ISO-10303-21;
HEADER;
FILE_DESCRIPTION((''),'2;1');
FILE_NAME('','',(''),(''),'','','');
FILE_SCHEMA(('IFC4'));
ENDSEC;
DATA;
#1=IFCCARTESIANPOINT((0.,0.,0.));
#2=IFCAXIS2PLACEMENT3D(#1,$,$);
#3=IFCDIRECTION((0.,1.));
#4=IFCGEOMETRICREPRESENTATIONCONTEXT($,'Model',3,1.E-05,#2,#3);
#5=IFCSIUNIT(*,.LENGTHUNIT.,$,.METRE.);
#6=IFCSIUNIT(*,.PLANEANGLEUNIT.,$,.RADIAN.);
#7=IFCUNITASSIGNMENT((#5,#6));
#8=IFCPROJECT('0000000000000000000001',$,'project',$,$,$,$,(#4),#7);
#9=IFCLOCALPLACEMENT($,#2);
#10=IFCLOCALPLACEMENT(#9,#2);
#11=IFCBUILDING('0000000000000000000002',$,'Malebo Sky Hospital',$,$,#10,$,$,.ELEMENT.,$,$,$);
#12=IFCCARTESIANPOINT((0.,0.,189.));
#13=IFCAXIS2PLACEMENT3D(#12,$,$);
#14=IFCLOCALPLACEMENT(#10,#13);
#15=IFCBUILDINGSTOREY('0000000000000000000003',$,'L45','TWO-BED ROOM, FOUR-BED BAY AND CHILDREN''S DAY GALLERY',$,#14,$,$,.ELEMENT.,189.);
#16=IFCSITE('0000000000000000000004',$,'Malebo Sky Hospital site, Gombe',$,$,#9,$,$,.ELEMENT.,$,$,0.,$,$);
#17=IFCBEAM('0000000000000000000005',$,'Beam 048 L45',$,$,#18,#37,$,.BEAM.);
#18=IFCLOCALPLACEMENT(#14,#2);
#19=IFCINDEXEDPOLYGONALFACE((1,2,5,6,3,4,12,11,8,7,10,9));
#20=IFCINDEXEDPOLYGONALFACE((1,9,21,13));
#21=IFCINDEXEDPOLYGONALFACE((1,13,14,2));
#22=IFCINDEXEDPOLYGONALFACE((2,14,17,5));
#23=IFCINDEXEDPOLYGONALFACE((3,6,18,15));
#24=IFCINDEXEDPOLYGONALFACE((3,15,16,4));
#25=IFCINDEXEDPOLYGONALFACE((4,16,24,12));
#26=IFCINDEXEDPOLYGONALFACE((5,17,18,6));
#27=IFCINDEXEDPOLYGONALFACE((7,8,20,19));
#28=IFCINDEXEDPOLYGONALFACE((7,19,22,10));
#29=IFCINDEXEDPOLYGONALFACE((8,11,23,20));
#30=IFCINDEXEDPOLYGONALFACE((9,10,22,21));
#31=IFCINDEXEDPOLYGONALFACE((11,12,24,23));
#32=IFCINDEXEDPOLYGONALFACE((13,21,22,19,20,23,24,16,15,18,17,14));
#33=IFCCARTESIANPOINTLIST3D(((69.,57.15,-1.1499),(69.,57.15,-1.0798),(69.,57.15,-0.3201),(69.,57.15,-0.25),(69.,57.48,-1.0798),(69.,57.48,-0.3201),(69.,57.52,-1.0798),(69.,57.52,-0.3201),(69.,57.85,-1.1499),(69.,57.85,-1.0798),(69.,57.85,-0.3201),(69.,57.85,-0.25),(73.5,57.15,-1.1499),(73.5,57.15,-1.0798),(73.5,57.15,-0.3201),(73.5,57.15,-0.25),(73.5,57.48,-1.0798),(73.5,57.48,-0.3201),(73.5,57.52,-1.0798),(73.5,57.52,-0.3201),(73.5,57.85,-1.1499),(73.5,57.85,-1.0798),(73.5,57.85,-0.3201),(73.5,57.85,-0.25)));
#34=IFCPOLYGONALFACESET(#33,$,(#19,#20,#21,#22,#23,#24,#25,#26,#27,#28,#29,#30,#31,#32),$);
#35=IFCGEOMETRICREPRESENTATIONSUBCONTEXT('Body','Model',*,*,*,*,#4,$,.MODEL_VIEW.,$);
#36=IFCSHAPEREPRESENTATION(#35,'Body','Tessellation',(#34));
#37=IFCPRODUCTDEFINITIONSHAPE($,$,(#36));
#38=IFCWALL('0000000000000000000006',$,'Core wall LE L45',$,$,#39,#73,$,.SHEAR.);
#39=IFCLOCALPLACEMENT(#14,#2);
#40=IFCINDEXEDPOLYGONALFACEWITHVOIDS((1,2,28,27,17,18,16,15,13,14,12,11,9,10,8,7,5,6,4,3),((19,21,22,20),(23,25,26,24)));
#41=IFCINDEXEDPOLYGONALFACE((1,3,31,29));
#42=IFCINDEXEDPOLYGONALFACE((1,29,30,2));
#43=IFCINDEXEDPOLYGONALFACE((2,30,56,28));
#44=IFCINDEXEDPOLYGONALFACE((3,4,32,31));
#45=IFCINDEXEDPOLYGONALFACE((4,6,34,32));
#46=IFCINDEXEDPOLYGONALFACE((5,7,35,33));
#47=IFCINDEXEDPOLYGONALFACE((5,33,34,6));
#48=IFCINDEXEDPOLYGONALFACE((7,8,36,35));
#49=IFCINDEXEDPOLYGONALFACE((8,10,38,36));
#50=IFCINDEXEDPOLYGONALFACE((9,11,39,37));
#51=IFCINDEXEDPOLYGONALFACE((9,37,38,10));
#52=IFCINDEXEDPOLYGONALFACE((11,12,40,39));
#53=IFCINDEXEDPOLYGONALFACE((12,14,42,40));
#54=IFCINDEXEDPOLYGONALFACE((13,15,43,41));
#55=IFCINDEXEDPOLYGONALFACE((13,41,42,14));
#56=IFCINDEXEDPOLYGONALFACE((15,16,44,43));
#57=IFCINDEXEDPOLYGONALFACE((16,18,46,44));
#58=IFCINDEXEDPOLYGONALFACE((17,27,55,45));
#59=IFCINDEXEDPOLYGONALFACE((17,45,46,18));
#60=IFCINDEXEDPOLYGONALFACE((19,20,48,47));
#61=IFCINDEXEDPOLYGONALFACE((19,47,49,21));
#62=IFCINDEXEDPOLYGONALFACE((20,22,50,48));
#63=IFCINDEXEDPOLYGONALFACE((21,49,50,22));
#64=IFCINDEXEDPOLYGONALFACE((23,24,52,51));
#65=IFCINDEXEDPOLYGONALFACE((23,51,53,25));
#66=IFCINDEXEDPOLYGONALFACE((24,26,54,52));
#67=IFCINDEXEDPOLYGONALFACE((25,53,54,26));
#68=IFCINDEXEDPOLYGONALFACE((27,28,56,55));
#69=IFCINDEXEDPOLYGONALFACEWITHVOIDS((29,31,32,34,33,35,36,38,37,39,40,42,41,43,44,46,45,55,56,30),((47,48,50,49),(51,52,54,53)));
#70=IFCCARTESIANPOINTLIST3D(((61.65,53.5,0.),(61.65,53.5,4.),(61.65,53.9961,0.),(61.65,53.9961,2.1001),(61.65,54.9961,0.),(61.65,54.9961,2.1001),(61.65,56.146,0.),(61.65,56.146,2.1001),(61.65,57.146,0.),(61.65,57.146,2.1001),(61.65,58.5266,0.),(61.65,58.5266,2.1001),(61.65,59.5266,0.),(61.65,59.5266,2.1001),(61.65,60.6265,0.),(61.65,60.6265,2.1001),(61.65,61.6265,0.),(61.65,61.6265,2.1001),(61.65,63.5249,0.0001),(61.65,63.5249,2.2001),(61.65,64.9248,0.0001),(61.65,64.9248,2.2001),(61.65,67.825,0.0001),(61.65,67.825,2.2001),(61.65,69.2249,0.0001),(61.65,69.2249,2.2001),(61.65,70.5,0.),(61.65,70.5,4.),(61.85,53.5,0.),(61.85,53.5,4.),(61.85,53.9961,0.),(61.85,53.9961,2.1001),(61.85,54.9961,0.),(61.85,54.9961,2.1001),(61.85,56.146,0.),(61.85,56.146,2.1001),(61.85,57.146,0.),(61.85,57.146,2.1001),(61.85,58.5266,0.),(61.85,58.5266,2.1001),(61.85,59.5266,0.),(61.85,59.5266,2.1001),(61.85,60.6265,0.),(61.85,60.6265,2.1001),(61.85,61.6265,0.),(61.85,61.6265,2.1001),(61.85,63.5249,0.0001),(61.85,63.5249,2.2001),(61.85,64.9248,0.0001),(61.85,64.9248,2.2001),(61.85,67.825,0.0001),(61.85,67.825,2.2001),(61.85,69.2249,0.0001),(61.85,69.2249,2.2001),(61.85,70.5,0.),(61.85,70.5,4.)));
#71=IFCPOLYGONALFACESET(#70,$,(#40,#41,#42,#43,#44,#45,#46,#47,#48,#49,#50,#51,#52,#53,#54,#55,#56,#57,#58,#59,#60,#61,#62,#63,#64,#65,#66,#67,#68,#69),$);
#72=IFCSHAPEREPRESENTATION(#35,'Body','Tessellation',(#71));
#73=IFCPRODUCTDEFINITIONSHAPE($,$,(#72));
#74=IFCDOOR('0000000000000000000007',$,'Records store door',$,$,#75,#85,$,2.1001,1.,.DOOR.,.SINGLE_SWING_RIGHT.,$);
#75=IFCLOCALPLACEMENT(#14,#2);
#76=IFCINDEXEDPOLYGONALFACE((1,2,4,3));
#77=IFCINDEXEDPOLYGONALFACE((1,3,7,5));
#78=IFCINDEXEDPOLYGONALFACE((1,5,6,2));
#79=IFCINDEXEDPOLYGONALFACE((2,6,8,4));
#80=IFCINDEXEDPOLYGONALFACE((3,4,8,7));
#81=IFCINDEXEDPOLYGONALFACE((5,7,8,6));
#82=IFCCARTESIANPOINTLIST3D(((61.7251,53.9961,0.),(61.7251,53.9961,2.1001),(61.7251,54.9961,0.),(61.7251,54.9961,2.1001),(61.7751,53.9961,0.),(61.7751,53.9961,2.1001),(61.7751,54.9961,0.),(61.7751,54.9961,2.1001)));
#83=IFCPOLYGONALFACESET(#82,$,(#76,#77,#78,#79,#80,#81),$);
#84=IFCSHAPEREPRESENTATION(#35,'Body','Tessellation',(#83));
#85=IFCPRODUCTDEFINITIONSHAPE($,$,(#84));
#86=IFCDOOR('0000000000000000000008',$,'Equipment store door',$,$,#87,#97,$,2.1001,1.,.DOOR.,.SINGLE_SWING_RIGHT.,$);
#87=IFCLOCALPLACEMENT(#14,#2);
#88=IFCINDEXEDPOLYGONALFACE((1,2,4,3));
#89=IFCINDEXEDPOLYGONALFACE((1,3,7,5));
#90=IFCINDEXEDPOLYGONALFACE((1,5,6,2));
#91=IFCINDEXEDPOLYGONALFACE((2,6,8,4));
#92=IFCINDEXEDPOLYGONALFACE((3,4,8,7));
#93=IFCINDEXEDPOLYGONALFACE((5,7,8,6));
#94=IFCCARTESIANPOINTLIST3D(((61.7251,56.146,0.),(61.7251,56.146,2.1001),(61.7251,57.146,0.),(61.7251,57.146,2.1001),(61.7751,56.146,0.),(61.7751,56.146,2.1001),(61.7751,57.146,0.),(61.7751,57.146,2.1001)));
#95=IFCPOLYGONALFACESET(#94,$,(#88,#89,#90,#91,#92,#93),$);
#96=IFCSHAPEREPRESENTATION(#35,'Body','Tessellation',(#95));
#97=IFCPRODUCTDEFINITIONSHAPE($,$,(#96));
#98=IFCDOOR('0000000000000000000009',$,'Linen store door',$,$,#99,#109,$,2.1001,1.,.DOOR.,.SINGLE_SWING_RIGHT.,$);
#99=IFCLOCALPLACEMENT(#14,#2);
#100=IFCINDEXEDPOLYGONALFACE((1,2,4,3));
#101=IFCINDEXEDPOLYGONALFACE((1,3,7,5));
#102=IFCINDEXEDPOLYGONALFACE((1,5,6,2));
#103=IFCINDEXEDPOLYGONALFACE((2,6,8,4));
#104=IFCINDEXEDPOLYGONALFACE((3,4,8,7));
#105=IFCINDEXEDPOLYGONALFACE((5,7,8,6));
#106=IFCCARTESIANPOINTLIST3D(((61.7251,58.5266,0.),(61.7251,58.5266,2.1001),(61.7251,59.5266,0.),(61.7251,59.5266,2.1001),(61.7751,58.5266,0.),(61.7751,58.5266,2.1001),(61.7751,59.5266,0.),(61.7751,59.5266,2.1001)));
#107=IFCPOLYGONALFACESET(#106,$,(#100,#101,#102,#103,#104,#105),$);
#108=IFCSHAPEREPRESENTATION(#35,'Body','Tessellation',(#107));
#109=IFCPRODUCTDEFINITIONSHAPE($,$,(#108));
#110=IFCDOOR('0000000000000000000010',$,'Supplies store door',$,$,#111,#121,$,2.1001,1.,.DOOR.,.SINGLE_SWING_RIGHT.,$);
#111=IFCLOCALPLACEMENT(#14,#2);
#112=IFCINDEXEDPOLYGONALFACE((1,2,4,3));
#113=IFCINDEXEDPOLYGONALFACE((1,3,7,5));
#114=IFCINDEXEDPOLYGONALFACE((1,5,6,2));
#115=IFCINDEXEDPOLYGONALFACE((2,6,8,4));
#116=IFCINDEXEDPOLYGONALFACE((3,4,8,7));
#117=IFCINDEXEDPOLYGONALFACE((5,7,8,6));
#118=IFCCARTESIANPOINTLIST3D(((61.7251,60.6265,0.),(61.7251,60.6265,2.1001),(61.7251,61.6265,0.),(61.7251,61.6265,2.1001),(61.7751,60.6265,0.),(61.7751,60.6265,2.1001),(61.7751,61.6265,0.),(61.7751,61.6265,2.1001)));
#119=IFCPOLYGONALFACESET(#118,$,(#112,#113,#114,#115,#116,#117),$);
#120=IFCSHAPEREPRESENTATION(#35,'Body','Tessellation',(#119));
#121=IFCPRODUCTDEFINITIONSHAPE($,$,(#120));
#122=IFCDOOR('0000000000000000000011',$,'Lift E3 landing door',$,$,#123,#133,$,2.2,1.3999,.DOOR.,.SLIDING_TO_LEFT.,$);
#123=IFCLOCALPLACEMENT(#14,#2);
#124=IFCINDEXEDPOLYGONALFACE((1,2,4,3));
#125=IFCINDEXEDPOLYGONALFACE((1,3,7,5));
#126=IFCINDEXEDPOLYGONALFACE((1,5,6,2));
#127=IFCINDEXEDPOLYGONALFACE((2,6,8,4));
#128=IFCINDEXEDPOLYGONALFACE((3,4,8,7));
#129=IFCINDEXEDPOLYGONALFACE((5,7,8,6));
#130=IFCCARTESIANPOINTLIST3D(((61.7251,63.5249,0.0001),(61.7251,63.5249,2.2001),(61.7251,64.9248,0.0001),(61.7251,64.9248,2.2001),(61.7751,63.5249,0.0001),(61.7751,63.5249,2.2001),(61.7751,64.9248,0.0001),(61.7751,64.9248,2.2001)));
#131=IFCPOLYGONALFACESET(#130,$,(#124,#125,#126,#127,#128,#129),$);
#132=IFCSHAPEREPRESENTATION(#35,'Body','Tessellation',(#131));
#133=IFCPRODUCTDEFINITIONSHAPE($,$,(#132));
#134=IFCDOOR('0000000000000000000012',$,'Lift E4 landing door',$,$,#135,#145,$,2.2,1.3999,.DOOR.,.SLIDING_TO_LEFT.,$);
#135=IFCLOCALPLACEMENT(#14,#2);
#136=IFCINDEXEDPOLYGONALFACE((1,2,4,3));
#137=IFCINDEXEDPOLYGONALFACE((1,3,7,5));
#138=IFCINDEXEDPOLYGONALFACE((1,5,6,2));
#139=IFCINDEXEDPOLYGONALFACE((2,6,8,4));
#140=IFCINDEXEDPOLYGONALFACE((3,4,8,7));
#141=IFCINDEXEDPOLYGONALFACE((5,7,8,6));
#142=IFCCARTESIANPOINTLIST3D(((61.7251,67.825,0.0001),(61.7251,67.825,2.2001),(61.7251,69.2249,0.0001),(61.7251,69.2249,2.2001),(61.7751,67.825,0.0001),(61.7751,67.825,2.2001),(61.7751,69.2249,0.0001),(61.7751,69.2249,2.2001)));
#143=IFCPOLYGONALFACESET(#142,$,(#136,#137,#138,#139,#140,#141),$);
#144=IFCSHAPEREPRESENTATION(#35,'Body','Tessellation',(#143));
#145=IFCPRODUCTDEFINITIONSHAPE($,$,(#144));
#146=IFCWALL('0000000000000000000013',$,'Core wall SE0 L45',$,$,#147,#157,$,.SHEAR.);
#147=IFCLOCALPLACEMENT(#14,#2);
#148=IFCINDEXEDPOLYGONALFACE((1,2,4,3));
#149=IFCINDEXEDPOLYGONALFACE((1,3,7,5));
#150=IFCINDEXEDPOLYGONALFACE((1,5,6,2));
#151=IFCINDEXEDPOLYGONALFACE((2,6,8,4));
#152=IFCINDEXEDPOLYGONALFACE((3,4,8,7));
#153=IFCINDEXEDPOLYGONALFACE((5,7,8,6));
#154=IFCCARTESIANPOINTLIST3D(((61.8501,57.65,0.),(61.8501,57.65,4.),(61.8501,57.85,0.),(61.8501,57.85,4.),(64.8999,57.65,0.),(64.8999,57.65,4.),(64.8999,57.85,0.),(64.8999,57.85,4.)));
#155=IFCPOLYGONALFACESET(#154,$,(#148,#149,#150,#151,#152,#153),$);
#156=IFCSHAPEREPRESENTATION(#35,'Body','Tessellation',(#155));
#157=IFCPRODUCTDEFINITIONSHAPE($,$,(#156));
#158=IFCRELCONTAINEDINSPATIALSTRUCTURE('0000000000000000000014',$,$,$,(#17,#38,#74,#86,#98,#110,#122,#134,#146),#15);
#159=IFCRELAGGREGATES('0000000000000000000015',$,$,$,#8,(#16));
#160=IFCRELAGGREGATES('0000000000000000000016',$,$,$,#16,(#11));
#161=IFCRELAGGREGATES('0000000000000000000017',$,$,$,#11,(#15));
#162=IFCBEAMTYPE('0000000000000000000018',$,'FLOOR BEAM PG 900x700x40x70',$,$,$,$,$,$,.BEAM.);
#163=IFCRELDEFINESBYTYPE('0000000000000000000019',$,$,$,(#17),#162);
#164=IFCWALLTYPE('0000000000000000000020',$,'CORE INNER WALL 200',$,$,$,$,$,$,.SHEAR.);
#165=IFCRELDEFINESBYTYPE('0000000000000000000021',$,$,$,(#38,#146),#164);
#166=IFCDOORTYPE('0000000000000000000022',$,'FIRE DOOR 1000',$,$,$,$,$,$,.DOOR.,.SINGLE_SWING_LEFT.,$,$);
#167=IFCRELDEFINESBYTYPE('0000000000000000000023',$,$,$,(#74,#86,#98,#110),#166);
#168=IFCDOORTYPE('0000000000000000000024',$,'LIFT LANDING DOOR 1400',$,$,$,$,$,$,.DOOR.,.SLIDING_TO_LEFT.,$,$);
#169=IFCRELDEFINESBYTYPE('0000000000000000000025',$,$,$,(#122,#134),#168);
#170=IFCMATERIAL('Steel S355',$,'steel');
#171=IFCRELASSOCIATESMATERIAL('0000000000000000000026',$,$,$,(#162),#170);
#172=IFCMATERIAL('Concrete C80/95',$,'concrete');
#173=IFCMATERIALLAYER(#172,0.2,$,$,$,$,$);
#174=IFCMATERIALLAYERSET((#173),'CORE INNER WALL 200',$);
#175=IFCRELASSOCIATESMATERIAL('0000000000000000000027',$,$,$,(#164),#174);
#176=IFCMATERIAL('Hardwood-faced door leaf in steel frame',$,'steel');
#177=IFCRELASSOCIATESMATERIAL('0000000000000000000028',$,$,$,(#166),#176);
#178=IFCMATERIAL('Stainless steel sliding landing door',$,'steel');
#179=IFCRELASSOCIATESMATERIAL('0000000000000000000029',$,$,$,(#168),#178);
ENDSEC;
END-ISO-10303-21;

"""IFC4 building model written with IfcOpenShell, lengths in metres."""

from ifc_helpers import new_model, si_unit, direction, frame, frame_2d, origin, origin_2d, place, context, subcontext, project, spatial, rectangle, i_section, extrude, material, layer, layer_set, material_profile, profile_set, type_object, element, fill, save


model = new_model("IFC4")

# Units and contexts
model_context = context("Model", 3, precision=1e-05, world=origin(), true_north=direction((0.0, 1.0)))
body_context = subcontext(model_context, "Body", "Model", "MODEL_VIEW")
ifc_project = project(units=[si_unit("LENGTHUNIT", "METRE"), si_unit("PLANEANGLEUNIT", "RADIAN")], contexts=[model_context])

# Site, building, storey
site_placement = place(None, origin())
site = spatial("IfcSite", under=ifc_project, at=site_placement, Name="Malebo Sky Hospital site, Gombe", CompositionType="ELEMENT", RefElevation=0.0)
building_placement = place(site_placement, origin())
building = spatial("IfcBuilding", under=site, at=building_placement, Name="Malebo Sky Hospital", CompositionType="ELEMENT")
storey_placement = place(building_placement, frame((0.0, 0.0, 189.0)))
storey = spatial("IfcBuildingStorey", under=building, at=storey_placement, Name="L45", Description="TWO-BED ROOM, FOUR-BED BAY AND CHILDREN'S DAY GALLERY", CompositionType="ELEMENT", Elevation=189.0)

# Beam
ifc_material_1 = material(Name="Steel S355", Category="steel")
ifc_material_profile = material_profile(ifc_material_1, i_section(OverallWidth=0.7, OverallDepth=0.8999, WebThickness=0.04, FlangeThickness=0.0701, at=origin_2d()), Name="PG 900x700x40x70")
ifc_profile_set = profile_set([ifc_material_profile], Name="Steel S355")
beam_type = type_object("IfcBeamType", Name="FLOOR BEAM PG 900x700x40x70", PredefinedType="BEAM", material=ifc_profile_set)
beam_placement = place(storey_placement, frame((69.0, 57.5, -0.7), z_axis=(1.0, 0.0, 0.0), x_axis=(0.0, 1.0, 0.0)))
element("IfcBeam", 1, at=beam_placement, inside=storey, type_object=beam_type, Name="Beam 048 L45", PredefinedType="BEAM", context=body_context, shape_type="SweptSolid", body=[
    extrude(i_section(OverallWidth=0.7, OverallDepth=0.8999, WebThickness=0.04, FlangeThickness=0.0701, at=origin_2d()), origin(), (0.0, 0.0, 1.0), 4.5),
])

# Wall, openings, doors
ifc_material_2 = material(Name="Concrete C80/95", Category="concrete")
ifc_layer_1 = layer(ifc_material_2, 0.2)
ifc_layer_set_1 = layer_set([ifc_layer_1], Name="CORE INNER WALL 200")
wall_type_1 = type_object("IfcWallType", Name="CORE INNER WALL 200", PredefinedType="SHEAR", material=ifc_layer_set_1)
wall_1_placement = place(storey_placement, frame((61.75, 53.5, 0.0), z_axis=(0.0, 0.0, 1.0), x_axis=(0.0, 1.0, 0.0)))
wall_1 = element("IfcWall", 2, at=wall_1_placement, inside=storey, type_object=wall_type_1, Name="Core wall LE L45", PredefinedType="SHEAR", context=body_context, shape_type="SweptSolid", body=[
    extrude(rectangle(XDim=17.0, YDim=0.2, at=frame_2d((8.5, 0.0))), origin(), (0.0, 0.0, 1.0), 4.0),
])
opening_1_placement = place(wall_1_placement, frame((0.4961, 0.0, 0.0)))
opening_1 = element("IfcOpeningElement", 3, at=opening_1_placement, cuts=wall_1, PredefinedType="OPENING", context=body_context, shape_type="SweptSolid", body=[
    extrude(rectangle(XDim=1.0, YDim=2.1001, at=frame_2d((0.5, 1.05))), frame((0.0, 0.1099, 0.0), z_axis=(0.0, -1.0, 0.0), x_axis=(1.0, 0.0, 0.0)), (0.0, 0.0, 1.0), 0.22),
])
opening_2_placement = place(wall_1_placement, frame((2.646, 0.0, 0.0)))
opening_2 = element("IfcOpeningElement", 4, at=opening_2_placement, cuts=wall_1, PredefinedType="OPENING", context=body_context, shape_type="SweptSolid", body=[
    extrude(rectangle(XDim=1.0, YDim=2.1001, at=frame_2d((0.5, 1.05))), frame((0.0, 0.1099, 0.0), z_axis=(0.0, -1.0, 0.0), x_axis=(1.0, 0.0, 0.0)), (0.0, 0.0, 1.0), 0.22),
])
opening_3_placement = place(wall_1_placement, frame((5.0266, 0.0, 0.0)))
opening_3 = element("IfcOpeningElement", 5, at=opening_3_placement, cuts=wall_1, PredefinedType="OPENING", context=body_context, shape_type="SweptSolid", body=[
    extrude(rectangle(XDim=1.0, YDim=2.1001, at=frame_2d((0.5, 1.05))), frame((0.0, 0.1099, 0.0), z_axis=(0.0, -1.0, 0.0), x_axis=(1.0, 0.0, 0.0)), (0.0, 0.0, 1.0), 0.22),
])
opening_4_placement = place(wall_1_placement, frame((7.1265, 0.0, 0.0)))
opening_4 = element("IfcOpeningElement", 6, at=opening_4_placement, cuts=wall_1, PredefinedType="OPENING", context=body_context, shape_type="SweptSolid", body=[
    extrude(rectangle(XDim=1.0, YDim=2.1001, at=frame_2d((0.5, 1.05))), frame((0.0, 0.1099, 0.0), z_axis=(0.0, -1.0, 0.0), x_axis=(1.0, 0.0, 0.0)), (0.0, 0.0, 1.0), 0.22),
])
opening_5_placement = place(wall_1_placement, frame((10.0249, 0.0, 0.0)))
opening_5 = element("IfcOpeningElement", 7, at=opening_5_placement, cuts=wall_1, PredefinedType="OPENING", context=body_context, shape_type="SweptSolid", body=[
    extrude(rectangle(XDim=1.3999, YDim=2.2, at=frame_2d((0.7, 1.1001))), frame((0.0, 0.1099, 0.0), z_axis=(0.0, -1.0, 0.0), x_axis=(1.0, 0.0, 0.0)), (0.0, 0.0, 1.0), 0.22),
])
opening_6_placement = place(wall_1_placement, frame((14.325, 0.0, 0.0)))
opening_6 = element("IfcOpeningElement", 8, at=opening_6_placement, cuts=wall_1, PredefinedType="OPENING", context=body_context, shape_type="SweptSolid", body=[
    extrude(rectangle(XDim=1.3999, YDim=2.2, at=frame_2d((0.7, 1.1001))), frame((0.0, 0.1099, 0.0), z_axis=(0.0, -1.0, 0.0), x_axis=(1.0, 0.0, 0.0)), (0.0, 0.0, 1.0), 0.22),
])
ifc_material_3 = material(Name="Hardwood-faced door leaf in steel frame", Category="steel")
door_type_1 = type_object("IfcDoorType", Name="FIRE DOOR 1000", OperationType="SINGLE_SWING_LEFT", PredefinedType="DOOR", material=ifc_material_3)
door_1_placement = place(opening_1_placement, origin())
door_1 = element("IfcDoor", 9, at=door_1_placement, inside=storey, type_object=door_type_1, Name="Records store door", OperationType="SINGLE_SWING_RIGHT", OverallHeight=2.1001, OverallWidth=1.0, PredefinedType="DOOR", context=body_context, shape_type="SweptSolid", body=[
    extrude(rectangle(XDim=1.0, YDim=2.1001, at=frame_2d((0.5, 1.05))), frame((0.0, 0.0249, 0.0), z_axis=(0.0, -1.0, 0.0), x_axis=(1.0, 0.0, 0.0)), (0.0, 0.0, 1.0), 0.05),
])
fill(opening_1, door_1)
door_2_placement = place(opening_2_placement, origin())
door_2 = element("IfcDoor", 10, at=door_2_placement, inside=storey, type_object=door_type_1, Name="Equipment store door", OperationType="SINGLE_SWING_RIGHT", OverallHeight=2.1001, OverallWidth=1.0, PredefinedType="DOOR", context=body_context, shape_type="SweptSolid", body=[
    extrude(rectangle(XDim=1.0, YDim=2.1001, at=frame_2d((0.5, 1.05))), frame((0.0, 0.0249, 0.0), z_axis=(0.0, -1.0, 0.0), x_axis=(1.0, 0.0, 0.0)), (0.0, 0.0, 1.0), 0.05),
])
fill(opening_2, door_2)
door_3_placement = place(opening_3_placement, origin())
door_3 = element("IfcDoor", 11, at=door_3_placement, inside=storey, type_object=door_type_1, Name="Linen store door", OperationType="SINGLE_SWING_RIGHT", OverallHeight=2.1001, OverallWidth=1.0, PredefinedType="DOOR", context=body_context, shape_type="SweptSolid", body=[
    extrude(rectangle(XDim=1.0, YDim=2.1001, at=frame_2d((0.5, 1.05))), frame((0.0, 0.0249, 0.0), z_axis=(0.0, -1.0, 0.0), x_axis=(1.0, 0.0, 0.0)), (0.0, 0.0, 1.0), 0.05),
])
fill(opening_3, door_3)
door_4_placement = place(opening_4_placement, origin())
door_4 = element("IfcDoor", 12, at=door_4_placement, inside=storey, type_object=door_type_1, Name="Supplies store door", OperationType="SINGLE_SWING_RIGHT", OverallHeight=2.1001, OverallWidth=1.0, PredefinedType="DOOR", context=body_context, shape_type="SweptSolid", body=[
    extrude(rectangle(XDim=1.0, YDim=2.1001, at=frame_2d((0.5, 1.05))), frame((0.0, 0.0249, 0.0), z_axis=(0.0, -1.0, 0.0), x_axis=(1.0, 0.0, 0.0)), (0.0, 0.0, 1.0), 0.05),
])
fill(opening_4, door_4)
ifc_material_4 = material(Name="Stainless steel sliding landing door", Category="steel")
door_type_2 = type_object("IfcDoorType", Name="LIFT LANDING DOOR 1400", OperationType="SLIDING_TO_LEFT", PredefinedType="DOOR", material=ifc_material_4)
door_5_placement = place(opening_5_placement, origin())
door_5 = element("IfcDoor", 13, at=door_5_placement, inside=storey, type_object=door_type_2, Name="Lift E3 landing door", OperationType="SLIDING_TO_LEFT", OverallHeight=2.2, OverallWidth=1.3999, PredefinedType="DOOR", context=body_context, shape_type="SweptSolid", body=[
    extrude(rectangle(XDim=1.3999, YDim=2.2, at=frame_2d((0.7, 1.1001))), frame((0.0, 0.0249, 0.0), z_axis=(0.0, -1.0, 0.0), x_axis=(1.0, 0.0, 0.0)), (0.0, 0.0, 1.0), 0.05),
])
fill(opening_5, door_5)
door_6_placement = place(opening_6_placement, origin())
door_6 = element("IfcDoor", 14, at=door_6_placement, inside=storey, type_object=door_type_2, Name="Lift E4 landing door", OperationType="SLIDING_TO_LEFT", OverallHeight=2.2, OverallWidth=1.3999, PredefinedType="DOOR", context=body_context, shape_type="SweptSolid", body=[
    extrude(rectangle(XDim=1.3999, YDim=2.2, at=frame_2d((0.7, 1.1001))), frame((0.0, 0.0249, 0.0), z_axis=(0.0, -1.0, 0.0), x_axis=(1.0, 0.0, 0.0)), (0.0, 0.0, 1.0), 0.05),
])
fill(opening_6, door_6)

# Wall
wall_2_placement = place(storey_placement, frame((61.8501, 57.75, 0.0), z_axis=(0.0, 0.0, 1.0), x_axis=(1.0, 0.0, 0.0)))
element("IfcWall", 15, at=wall_2_placement, inside=storey, type_object=wall_type_1, Name="Core wall SE0 L45", PredefinedType="SHEAR", context=body_context, shape_type="SweptSolid", body=[
    extrude(rectangle(XDim=3.0498, YDim=0.2, at=frame_2d((1.5249, 0.0))), origin(), (0.0, 0.0, 1.0), 4.0),
])

save(model, "model.ifc")
